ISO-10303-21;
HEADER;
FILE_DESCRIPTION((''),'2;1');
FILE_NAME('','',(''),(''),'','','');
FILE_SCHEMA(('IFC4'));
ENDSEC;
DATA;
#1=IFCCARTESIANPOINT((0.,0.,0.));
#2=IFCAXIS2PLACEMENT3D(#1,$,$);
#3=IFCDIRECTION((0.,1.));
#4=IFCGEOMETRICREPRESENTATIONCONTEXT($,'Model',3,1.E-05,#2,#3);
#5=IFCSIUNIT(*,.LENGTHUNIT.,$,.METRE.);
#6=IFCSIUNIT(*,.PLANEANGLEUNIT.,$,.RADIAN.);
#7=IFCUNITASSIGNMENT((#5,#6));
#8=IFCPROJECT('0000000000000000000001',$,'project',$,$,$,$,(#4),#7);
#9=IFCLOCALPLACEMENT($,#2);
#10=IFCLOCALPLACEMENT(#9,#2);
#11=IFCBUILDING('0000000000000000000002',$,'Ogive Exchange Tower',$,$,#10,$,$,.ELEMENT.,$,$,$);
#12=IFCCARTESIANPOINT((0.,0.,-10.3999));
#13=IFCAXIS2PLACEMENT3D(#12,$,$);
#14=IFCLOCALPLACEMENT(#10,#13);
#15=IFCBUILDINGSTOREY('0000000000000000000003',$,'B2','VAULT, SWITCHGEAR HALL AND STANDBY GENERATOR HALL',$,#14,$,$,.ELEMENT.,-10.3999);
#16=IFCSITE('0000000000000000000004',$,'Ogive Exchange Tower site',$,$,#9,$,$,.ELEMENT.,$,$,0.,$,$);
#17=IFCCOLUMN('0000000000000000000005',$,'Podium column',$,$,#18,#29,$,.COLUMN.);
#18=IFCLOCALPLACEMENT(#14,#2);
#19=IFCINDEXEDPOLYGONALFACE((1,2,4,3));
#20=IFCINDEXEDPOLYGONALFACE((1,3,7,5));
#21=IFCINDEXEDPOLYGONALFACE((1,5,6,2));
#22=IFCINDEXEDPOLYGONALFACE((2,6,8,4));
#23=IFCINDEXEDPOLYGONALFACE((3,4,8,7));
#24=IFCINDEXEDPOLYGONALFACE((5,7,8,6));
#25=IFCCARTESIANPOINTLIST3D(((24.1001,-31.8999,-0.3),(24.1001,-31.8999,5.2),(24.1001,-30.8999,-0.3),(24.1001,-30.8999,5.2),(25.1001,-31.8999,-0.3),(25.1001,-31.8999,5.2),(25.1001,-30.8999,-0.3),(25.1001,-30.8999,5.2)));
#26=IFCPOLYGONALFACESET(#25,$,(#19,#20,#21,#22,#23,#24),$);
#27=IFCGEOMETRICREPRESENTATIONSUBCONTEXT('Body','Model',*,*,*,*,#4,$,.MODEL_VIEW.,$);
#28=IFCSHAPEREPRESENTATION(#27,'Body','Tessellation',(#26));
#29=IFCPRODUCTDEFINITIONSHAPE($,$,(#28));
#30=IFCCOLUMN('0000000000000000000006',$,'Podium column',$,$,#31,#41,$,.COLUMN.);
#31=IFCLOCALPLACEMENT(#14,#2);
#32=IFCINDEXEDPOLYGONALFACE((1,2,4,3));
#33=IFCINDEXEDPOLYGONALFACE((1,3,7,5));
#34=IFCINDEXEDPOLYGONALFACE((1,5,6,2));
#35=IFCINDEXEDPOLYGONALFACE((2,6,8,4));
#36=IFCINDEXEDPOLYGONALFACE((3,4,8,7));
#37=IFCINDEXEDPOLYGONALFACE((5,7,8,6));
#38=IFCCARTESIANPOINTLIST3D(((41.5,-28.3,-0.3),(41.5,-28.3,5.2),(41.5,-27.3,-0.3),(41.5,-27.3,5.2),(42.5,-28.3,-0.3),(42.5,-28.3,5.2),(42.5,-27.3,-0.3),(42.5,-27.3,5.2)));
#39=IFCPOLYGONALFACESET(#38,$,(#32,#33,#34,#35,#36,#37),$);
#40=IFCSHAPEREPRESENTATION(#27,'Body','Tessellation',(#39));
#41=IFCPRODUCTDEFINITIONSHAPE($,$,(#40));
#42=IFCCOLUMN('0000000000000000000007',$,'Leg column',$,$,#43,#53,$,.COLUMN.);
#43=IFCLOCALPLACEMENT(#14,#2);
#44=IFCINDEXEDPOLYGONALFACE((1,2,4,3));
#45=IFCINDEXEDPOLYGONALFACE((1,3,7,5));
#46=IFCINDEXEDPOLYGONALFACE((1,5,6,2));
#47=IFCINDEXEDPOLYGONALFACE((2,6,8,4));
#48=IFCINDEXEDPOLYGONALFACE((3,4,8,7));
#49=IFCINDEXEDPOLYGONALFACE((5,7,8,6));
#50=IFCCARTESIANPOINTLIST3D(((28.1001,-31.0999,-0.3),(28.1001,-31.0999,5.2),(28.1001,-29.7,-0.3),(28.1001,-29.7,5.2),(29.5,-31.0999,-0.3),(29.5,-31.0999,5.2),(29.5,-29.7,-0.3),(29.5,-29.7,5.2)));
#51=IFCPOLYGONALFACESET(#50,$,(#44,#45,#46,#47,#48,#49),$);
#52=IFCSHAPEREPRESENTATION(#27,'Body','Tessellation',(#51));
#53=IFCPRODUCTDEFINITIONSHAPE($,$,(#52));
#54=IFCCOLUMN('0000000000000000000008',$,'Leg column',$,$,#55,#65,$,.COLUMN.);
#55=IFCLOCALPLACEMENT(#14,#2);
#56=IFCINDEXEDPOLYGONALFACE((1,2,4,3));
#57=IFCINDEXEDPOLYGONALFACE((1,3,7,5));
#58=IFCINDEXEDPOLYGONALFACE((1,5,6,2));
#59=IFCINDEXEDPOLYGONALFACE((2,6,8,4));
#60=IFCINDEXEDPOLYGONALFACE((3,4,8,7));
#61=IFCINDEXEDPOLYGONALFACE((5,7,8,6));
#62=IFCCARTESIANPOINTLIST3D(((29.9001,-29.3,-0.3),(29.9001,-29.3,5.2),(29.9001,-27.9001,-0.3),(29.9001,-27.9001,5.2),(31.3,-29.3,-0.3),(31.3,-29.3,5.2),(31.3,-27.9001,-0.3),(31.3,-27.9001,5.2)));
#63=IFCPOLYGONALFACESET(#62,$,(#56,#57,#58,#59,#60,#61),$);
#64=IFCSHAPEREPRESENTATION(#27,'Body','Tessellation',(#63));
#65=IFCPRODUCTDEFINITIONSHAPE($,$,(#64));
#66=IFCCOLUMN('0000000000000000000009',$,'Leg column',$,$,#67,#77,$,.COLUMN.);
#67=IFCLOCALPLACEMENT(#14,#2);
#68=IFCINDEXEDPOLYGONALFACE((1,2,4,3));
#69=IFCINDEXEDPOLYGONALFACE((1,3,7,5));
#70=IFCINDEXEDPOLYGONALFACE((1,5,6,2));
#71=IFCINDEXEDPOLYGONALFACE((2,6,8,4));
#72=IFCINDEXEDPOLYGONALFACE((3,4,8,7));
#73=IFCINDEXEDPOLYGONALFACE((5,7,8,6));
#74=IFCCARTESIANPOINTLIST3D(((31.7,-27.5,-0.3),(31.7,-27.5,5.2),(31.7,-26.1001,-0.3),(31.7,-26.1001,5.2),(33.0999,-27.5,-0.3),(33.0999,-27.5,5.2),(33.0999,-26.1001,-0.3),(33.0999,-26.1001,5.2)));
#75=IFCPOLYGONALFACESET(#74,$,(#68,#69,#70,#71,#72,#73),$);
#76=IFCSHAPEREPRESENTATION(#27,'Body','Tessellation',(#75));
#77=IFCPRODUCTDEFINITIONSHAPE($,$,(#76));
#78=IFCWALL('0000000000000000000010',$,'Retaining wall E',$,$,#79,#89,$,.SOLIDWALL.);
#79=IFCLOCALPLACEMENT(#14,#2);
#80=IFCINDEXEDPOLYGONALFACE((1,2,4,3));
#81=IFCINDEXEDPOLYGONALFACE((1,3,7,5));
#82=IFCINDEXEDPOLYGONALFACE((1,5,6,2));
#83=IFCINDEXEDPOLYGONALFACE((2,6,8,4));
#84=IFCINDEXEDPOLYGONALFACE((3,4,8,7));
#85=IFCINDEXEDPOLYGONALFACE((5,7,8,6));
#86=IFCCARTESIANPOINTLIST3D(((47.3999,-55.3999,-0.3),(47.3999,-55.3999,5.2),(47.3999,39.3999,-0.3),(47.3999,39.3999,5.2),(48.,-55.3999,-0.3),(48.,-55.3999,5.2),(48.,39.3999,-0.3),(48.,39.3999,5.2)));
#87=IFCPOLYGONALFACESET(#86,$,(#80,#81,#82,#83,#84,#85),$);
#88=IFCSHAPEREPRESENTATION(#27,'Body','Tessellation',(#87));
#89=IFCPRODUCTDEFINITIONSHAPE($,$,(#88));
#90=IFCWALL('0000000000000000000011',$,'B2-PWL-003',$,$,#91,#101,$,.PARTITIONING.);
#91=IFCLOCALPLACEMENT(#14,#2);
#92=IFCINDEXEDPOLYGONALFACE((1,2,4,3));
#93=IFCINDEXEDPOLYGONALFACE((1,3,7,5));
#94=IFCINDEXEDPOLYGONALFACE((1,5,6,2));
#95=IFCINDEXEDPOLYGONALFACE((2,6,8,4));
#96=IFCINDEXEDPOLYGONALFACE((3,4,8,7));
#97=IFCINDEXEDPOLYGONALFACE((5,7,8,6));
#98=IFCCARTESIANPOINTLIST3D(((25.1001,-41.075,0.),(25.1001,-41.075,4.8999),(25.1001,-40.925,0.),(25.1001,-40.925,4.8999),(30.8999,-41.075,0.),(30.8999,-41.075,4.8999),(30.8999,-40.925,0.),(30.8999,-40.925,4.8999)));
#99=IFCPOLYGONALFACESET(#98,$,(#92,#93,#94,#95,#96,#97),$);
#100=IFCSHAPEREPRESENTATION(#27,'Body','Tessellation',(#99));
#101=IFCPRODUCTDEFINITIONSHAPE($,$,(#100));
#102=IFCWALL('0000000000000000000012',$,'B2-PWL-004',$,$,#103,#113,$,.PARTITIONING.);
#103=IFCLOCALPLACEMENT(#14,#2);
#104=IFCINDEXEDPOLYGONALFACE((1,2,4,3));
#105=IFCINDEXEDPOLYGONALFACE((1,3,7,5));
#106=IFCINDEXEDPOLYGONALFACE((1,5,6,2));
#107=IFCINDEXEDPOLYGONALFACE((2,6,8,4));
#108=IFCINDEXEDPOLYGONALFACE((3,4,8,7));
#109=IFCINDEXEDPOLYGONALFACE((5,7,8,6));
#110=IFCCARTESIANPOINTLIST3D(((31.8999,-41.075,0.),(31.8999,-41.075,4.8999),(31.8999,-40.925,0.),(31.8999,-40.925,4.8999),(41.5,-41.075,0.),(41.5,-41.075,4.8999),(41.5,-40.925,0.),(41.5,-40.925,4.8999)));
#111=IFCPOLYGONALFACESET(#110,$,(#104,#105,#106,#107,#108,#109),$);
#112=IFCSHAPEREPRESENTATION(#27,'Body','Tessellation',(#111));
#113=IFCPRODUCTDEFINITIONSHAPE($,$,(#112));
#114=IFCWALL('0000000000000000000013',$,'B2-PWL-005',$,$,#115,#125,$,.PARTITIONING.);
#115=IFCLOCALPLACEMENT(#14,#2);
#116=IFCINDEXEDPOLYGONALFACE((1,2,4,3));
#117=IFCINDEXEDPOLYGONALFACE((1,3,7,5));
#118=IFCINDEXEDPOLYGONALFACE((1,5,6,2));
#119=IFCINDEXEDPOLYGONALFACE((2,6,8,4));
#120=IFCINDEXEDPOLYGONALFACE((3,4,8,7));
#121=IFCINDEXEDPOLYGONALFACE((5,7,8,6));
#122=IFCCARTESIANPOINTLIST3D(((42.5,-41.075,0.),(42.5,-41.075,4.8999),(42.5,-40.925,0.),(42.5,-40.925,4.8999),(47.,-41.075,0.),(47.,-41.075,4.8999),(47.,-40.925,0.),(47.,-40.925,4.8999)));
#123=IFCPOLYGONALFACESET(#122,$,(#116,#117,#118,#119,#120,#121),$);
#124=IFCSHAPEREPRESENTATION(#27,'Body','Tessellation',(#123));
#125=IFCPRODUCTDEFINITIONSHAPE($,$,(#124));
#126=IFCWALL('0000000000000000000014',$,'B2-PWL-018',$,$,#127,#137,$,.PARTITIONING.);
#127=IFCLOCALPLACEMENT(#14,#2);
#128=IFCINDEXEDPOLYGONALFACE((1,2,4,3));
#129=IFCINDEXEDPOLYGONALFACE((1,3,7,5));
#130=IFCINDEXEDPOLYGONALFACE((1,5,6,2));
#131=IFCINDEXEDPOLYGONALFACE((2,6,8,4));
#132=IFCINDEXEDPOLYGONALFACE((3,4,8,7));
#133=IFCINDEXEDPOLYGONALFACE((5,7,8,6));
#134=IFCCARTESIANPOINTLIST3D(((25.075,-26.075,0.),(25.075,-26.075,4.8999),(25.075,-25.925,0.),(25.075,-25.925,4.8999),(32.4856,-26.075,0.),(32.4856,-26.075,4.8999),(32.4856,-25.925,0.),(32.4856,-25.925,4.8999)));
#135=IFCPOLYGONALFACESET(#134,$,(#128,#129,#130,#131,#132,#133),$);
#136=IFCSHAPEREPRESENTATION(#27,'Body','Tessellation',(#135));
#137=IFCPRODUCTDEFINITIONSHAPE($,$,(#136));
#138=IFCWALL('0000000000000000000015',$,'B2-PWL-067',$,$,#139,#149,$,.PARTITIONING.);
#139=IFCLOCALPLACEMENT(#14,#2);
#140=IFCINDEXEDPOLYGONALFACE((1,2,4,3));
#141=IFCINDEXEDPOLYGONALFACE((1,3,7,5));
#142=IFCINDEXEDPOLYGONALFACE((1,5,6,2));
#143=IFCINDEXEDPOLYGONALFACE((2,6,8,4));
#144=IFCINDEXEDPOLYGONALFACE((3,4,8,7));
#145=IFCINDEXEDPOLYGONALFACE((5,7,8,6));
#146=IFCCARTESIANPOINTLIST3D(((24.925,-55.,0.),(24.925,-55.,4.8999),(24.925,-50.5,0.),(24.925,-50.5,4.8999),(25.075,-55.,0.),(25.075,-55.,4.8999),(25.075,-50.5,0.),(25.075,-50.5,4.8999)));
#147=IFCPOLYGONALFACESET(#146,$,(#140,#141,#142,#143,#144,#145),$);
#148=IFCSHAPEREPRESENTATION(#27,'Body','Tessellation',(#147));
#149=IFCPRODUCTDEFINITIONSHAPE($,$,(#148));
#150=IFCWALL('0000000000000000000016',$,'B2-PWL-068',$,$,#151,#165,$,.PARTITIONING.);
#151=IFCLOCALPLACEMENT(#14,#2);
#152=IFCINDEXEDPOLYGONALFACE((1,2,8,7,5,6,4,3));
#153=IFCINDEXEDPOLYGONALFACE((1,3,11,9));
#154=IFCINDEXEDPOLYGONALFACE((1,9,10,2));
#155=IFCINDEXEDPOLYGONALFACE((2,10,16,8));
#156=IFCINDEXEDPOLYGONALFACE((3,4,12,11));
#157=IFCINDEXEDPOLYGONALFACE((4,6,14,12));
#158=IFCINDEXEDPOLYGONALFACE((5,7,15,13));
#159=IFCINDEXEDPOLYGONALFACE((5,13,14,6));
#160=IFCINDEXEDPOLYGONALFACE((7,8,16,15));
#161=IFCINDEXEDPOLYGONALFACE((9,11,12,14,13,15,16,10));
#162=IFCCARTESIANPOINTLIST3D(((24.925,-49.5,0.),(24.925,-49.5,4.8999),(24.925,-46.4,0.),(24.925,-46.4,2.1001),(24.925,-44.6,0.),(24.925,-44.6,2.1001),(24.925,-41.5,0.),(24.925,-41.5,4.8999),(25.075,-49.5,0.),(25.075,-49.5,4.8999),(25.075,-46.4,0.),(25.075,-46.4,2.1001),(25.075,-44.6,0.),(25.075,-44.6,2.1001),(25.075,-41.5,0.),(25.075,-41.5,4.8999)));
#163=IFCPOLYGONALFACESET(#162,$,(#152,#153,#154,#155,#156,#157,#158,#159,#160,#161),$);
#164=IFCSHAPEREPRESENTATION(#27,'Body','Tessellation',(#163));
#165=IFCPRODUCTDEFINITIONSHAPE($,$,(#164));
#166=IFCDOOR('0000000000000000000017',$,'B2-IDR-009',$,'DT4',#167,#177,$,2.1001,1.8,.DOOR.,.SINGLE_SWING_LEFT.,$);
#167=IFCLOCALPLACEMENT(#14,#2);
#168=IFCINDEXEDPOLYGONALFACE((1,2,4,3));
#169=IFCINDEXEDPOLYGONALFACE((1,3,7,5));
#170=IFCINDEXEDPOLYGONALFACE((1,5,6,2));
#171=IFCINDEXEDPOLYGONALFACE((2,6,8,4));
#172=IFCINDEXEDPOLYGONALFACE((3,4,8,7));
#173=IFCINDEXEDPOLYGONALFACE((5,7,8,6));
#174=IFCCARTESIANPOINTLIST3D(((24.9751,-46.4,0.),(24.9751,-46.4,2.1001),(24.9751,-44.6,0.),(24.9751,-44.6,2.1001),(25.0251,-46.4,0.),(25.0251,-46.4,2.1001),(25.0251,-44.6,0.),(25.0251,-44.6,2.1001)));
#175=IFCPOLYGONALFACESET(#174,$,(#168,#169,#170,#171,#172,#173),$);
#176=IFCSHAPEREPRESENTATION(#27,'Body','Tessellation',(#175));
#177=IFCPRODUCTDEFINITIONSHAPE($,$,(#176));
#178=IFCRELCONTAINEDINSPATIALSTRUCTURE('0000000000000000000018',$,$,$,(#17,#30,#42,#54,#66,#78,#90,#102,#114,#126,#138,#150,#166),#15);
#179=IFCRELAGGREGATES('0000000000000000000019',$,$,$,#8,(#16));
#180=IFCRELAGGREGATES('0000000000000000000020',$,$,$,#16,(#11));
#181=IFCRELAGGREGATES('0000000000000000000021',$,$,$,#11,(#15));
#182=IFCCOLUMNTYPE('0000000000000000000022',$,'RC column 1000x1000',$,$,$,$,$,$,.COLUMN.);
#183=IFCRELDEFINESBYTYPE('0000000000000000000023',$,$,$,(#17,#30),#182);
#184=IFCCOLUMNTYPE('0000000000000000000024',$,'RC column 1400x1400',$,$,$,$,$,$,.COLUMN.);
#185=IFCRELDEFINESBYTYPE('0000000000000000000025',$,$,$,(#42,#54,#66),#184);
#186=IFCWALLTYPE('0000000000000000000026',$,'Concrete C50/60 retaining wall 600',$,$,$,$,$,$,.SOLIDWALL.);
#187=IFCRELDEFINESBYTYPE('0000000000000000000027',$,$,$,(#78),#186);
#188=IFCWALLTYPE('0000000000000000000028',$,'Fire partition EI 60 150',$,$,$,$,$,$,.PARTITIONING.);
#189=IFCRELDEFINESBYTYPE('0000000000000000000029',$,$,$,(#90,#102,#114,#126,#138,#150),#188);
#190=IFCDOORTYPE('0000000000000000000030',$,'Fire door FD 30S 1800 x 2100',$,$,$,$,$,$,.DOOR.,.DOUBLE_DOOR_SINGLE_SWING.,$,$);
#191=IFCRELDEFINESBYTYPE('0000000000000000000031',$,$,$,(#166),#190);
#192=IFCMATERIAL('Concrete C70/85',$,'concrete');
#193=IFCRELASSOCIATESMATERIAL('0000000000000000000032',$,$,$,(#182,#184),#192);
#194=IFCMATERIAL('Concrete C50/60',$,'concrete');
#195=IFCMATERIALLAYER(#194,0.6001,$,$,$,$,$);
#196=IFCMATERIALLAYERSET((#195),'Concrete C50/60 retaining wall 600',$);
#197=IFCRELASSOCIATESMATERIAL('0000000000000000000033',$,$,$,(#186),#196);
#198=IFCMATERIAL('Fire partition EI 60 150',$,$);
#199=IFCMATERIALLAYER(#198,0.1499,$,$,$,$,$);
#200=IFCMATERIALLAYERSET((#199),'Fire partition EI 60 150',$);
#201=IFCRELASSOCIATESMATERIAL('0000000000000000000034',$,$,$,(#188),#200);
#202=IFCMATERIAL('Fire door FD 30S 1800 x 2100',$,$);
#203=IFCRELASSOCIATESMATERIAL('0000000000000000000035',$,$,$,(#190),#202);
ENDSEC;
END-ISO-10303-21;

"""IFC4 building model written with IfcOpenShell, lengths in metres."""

from ifc_helpers import new_model, si_unit, direction, frame, frame_2d, origin, origin_2d, place, context, subcontext, project, spatial, rectangle, extrude, material, layer, layer_set, material_profile, profile_set, type_object, element, fill, save


model = new_model("IFC4")

# Units and contexts
model_context = context("Model", 3, precision=1e-05, world=origin(), true_north=direction((0.0, 1.0)))
body_context = subcontext(model_context, "Body", "Model", "MODEL_VIEW")
ifc_project = project(units=[si_unit("LENGTHUNIT", "METRE"), si_unit("PLANEANGLEUNIT", "RADIAN")], contexts=[model_context])

# Site, building, storey
site_placement = place(None, origin())
site = spatial("IfcSite", under=ifc_project, at=site_placement, Name="Ogive Exchange Tower site", CompositionType="ELEMENT", RefElevation=0.0)
building_placement = place(site_placement, origin())
building = spatial("IfcBuilding", under=site, at=building_placement, Name="Ogive Exchange Tower", CompositionType="ELEMENT")
storey_placement = place(building_placement, frame((0.0, 0.0, -10.3999)))
storey = spatial("IfcBuildingStorey", under=building, at=storey_placement, Name="B2", Description="VAULT, SWITCHGEAR HALL AND STANDBY GENERATOR HALL", CompositionType="ELEMENT", Elevation=-10.3999)

# Columns
ifc_material_1 = material(Name="Concrete C70/85", Category="concrete")
ifc_material_profile_1 = material_profile(ifc_material_1, rectangle(XDim=1.0, YDim=1.0, at=origin_2d()), Name="RC 1000x1000")
ifc_profile_set_1 = profile_set([ifc_material_profile_1], Name="Concrete C70/85")
column_type_1 = type_object("IfcColumnType", Name="RC column 1000x1000", PredefinedType="COLUMN", material=ifc_profile_set_1)
for number, where, z_axis, x_axis, name in (
    (1, (24.6001, -31.3999, -0.3), (0.0, 0.0, 1.0), (1.0, 0.0, 0.0), "Podium column"),
    (2, (42.0, -27.8, -0.3), (0.0, 0.0, 1.0), (1.0, 0.0, 0.0), "Podium column"),
):
    element("IfcColumn", number, at=place(storey_placement, frame(where, z_axis=z_axis, x_axis=x_axis)), inside=storey, type_object=column_type_1, Name=name, PredefinedType="COLUMN", context=body_context, shape_type="SweptSolid", body=[
        extrude(rectangle(XDim=1.0, YDim=1.0, at=origin_2d()), origin(), (0.0, 0.0, 1.0), 5.5),
    ])
ifc_material_profile_2 = material_profile(ifc_material_1, rectangle(XDim=1.3999, YDim=1.3999, at=origin_2d()), Name="RC 1400x1400")
ifc_profile_set_2 = profile_set([ifc_material_profile_2], Name="Concrete C70/85")
column_type_2 = type_object("IfcColumnType", Name="RC column 1400x1400", PredefinedType="COLUMN", material=ifc_profile_set_2)
for number, where, z_axis, x_axis, name in (
    (3, (28.8, -30.3999, -0.3), (0.0, 0.0, 1.0), (1.0, 0.0, 0.0), "Leg column"),
    (4, (30.6001, -28.6001, -0.3), (0.0, 0.0, 1.0), (1.0, 0.0, 0.0), "Leg column"),
    (5, (32.3999, -26.8, -0.3), (0.0, 0.0, 1.0), (1.0, 0.0, 0.0), "Leg column"),
):
    element("IfcColumn", number, at=place(storey_placement, frame(where, z_axis=z_axis, x_axis=x_axis)), inside=storey, type_object=column_type_2, Name=name, PredefinedType="COLUMN", context=body_context, shape_type="SweptSolid", body=[
        extrude(rectangle(XDim=1.3999, YDim=1.3999, at=origin_2d()), origin(), (0.0, 0.0, 1.0), 5.5),
    ])

# Walls
ifc_material_2 = material(Name="Concrete C50/60", Category="concrete")
ifc_layer_1 = layer(ifc_material_2, 0.6001)
ifc_layer_set_1 = layer_set([ifc_layer_1], Name="Concrete C50/60 retaining wall 600")
wall_type_1 = type_object("IfcWallType", Name="Concrete C50/60 retaining wall 600", PredefinedType="SOLIDWALL", material=ifc_layer_set_1)
wall_1_placement = place(storey_placement, frame((47.7, -55.3999, -0.3), z_axis=(0.0, 0.0, 1.0), x_axis=(0.0, 1.0, 0.0)))
element("IfcWall", 6, at=wall_1_placement, inside=storey, type_object=wall_type_1, Name="Retaining wall E", PredefinedType="SOLIDWALL", context=body_context, shape_type="SweptSolid", body=[
    extrude(rectangle(XDim=94.7998, YDim=0.6001, at=frame_2d((47.3999, 0.0))), origin(), (0.0, 0.0, 1.0), 5.5),
])
ifc_material_3 = material(Name="Fire partition EI 60 150")
ifc_layer_2 = layer(ifc_material_3, 0.1499)
ifc_layer_set_2 = layer_set([ifc_layer_2], Name="Fire partition EI 60 150")
wall_type_2 = type_object("IfcWallType", Name="Fire partition EI 60 150", PredefinedType="PARTITIONING", material=ifc_layer_set_2)
wall_2_placement = place(storey_placement, frame((25.1001, -41.0, 0.0), z_axis=(0.0, 0.0, 1.0), x_axis=(1.0, 0.0, 0.0)))
element("IfcWall", 7, at=wall_2_placement, inside=storey, type_object=wall_type_2, Name="B2-PWL-003", PredefinedType="PARTITIONING", context=body_context, shape_type="SweptSolid", body=[
    extrude(rectangle(XDim=5.7998, YDim=0.1499, at=frame_2d((2.8999, 0.0))), origin(), (0.0, 0.0, 1.0), 4.8999),
])
wall_3_placement = place(storey_placement, frame((31.8999, -41.0, 0.0), z_axis=(0.0, 0.0, 1.0), x_axis=(1.0, 0.0, 0.0)))
element("IfcWall", 8, at=wall_3_placement, inside=storey, type_object=wall_type_2, Name="B2-PWL-004", PredefinedType="PARTITIONING", context=body_context, shape_type="SweptSolid", body=[
    extrude(rectangle(XDim=9.6001, YDim=0.1499, at=frame_2d((4.8, 0.0))), origin(), (0.0, 0.0, 1.0), 4.8999),
])
wall_4_placement = place(storey_placement, frame((42.5, -41.0, 0.0), z_axis=(0.0, 0.0, 1.0), x_axis=(1.0, 0.0, 0.0)))
element("IfcWall", 9, at=wall_4_placement, inside=storey, type_object=wall_type_2, Name="B2-PWL-005", PredefinedType="PARTITIONING", context=body_context, shape_type="SweptSolid", body=[
    extrude(rectangle(XDim=4.5, YDim=0.1499, at=frame_2d((2.25, 0.0))), origin(), (0.0, 0.0, 1.0), 4.8999),
])
wall_5_placement = place(storey_placement, frame((25.075, -26.0, 0.0), z_axis=(0.0, 0.0, 1.0), x_axis=(1.0, 0.0, 0.0)))
element("IfcWall", 10, at=wall_5_placement, inside=storey, type_object=wall_type_2, Name="B2-PWL-018", PredefinedType="PARTITIONING", context=body_context, shape_type="SweptSolid", body=[
    extrude(rectangle(XDim=7.4106, YDim=0.1499, at=frame_2d((3.7053, 0.0))), origin(), (0.0, 0.0, 1.0), 4.8999),
])
wall_6_placement = place(storey_placement, frame((25.0, -55.0, 0.0), z_axis=(0.0, 0.0, 1.0), x_axis=(0.0, 1.0, 0.0)))
element("IfcWall", 11, at=wall_6_placement, inside=storey, type_object=wall_type_2, Name="B2-PWL-067", PredefinedType="PARTITIONING", context=body_context, shape_type="SweptSolid", body=[
    extrude(rectangle(XDim=4.5, YDim=0.1499, at=frame_2d((2.25, 0.0))), origin(), (0.0, 0.0, 1.0), 4.8999),
])

# Wall, opening, door
wall_7_placement = place(storey_placement, frame((25.0, -49.5, 0.0), z_axis=(0.0, 0.0, 1.0), x_axis=(0.0, 1.0, 0.0)))
wall_7 = element("IfcWall", 12, at=wall_7_placement, inside=storey, type_object=wall_type_2, Name="B2-PWL-068", PredefinedType="PARTITIONING", context=body_context, shape_type="SweptSolid", body=[
    extrude(rectangle(XDim=8.0, YDim=0.1499, at=frame_2d((4.0, 0.0))), origin(), (0.0, 0.0, 1.0), 4.8999),
])
opening_1_placement = place(wall_7_placement, frame((3.1001, 0.0, 0.0)))
opening_1 = element("IfcOpeningElement", 13, at=opening_1_placement, cuts=wall_7, PredefinedType="OPENING", context=body_context, shape_type="SweptSolid", body=[
    extrude(rectangle(XDim=1.8, YDim=2.1001, at=frame_2d((0.8999, 1.05))), frame((0.0, 0.085, 0.0), z_axis=(0.0, -1.0, 0.0), x_axis=(1.0, 0.0, 0.0)), (0.0, 0.0, 1.0), 0.1699),
])
ifc_material_4 = material(Name="Fire door FD 30S 1800 x 2100")
door_type = type_object("IfcDoorType", Name="Fire door FD 30S 1800 x 2100", OperationType="DOUBLE_DOOR_SINGLE_SWING", PredefinedType="DOOR", material=ifc_material_4)
door_1_placement = place(opening_1_placement, origin())
door_1 = element("IfcDoor", 14, at=door_1_placement, inside=storey, type_object=door_type, Name="B2-IDR-009", ObjectType="DT4", OperationType="SINGLE_SWING_LEFT", OverallHeight=2.1001, OverallWidth=1.8, PredefinedType="DOOR", context=body_context, shape_type="SweptSolid", body=[
    extrude(rectangle(XDim=1.8, YDim=2.1001, at=frame_2d((0.8999, 1.05))), frame((0.0, 0.0249, 0.0), z_axis=(0.0, -1.0, 0.0), x_axis=(1.0, 0.0, 0.0)), (0.0, 0.0, 1.0), 0.05),
])
fill(opening_1, door_1)

save(model, "model.ifc")
